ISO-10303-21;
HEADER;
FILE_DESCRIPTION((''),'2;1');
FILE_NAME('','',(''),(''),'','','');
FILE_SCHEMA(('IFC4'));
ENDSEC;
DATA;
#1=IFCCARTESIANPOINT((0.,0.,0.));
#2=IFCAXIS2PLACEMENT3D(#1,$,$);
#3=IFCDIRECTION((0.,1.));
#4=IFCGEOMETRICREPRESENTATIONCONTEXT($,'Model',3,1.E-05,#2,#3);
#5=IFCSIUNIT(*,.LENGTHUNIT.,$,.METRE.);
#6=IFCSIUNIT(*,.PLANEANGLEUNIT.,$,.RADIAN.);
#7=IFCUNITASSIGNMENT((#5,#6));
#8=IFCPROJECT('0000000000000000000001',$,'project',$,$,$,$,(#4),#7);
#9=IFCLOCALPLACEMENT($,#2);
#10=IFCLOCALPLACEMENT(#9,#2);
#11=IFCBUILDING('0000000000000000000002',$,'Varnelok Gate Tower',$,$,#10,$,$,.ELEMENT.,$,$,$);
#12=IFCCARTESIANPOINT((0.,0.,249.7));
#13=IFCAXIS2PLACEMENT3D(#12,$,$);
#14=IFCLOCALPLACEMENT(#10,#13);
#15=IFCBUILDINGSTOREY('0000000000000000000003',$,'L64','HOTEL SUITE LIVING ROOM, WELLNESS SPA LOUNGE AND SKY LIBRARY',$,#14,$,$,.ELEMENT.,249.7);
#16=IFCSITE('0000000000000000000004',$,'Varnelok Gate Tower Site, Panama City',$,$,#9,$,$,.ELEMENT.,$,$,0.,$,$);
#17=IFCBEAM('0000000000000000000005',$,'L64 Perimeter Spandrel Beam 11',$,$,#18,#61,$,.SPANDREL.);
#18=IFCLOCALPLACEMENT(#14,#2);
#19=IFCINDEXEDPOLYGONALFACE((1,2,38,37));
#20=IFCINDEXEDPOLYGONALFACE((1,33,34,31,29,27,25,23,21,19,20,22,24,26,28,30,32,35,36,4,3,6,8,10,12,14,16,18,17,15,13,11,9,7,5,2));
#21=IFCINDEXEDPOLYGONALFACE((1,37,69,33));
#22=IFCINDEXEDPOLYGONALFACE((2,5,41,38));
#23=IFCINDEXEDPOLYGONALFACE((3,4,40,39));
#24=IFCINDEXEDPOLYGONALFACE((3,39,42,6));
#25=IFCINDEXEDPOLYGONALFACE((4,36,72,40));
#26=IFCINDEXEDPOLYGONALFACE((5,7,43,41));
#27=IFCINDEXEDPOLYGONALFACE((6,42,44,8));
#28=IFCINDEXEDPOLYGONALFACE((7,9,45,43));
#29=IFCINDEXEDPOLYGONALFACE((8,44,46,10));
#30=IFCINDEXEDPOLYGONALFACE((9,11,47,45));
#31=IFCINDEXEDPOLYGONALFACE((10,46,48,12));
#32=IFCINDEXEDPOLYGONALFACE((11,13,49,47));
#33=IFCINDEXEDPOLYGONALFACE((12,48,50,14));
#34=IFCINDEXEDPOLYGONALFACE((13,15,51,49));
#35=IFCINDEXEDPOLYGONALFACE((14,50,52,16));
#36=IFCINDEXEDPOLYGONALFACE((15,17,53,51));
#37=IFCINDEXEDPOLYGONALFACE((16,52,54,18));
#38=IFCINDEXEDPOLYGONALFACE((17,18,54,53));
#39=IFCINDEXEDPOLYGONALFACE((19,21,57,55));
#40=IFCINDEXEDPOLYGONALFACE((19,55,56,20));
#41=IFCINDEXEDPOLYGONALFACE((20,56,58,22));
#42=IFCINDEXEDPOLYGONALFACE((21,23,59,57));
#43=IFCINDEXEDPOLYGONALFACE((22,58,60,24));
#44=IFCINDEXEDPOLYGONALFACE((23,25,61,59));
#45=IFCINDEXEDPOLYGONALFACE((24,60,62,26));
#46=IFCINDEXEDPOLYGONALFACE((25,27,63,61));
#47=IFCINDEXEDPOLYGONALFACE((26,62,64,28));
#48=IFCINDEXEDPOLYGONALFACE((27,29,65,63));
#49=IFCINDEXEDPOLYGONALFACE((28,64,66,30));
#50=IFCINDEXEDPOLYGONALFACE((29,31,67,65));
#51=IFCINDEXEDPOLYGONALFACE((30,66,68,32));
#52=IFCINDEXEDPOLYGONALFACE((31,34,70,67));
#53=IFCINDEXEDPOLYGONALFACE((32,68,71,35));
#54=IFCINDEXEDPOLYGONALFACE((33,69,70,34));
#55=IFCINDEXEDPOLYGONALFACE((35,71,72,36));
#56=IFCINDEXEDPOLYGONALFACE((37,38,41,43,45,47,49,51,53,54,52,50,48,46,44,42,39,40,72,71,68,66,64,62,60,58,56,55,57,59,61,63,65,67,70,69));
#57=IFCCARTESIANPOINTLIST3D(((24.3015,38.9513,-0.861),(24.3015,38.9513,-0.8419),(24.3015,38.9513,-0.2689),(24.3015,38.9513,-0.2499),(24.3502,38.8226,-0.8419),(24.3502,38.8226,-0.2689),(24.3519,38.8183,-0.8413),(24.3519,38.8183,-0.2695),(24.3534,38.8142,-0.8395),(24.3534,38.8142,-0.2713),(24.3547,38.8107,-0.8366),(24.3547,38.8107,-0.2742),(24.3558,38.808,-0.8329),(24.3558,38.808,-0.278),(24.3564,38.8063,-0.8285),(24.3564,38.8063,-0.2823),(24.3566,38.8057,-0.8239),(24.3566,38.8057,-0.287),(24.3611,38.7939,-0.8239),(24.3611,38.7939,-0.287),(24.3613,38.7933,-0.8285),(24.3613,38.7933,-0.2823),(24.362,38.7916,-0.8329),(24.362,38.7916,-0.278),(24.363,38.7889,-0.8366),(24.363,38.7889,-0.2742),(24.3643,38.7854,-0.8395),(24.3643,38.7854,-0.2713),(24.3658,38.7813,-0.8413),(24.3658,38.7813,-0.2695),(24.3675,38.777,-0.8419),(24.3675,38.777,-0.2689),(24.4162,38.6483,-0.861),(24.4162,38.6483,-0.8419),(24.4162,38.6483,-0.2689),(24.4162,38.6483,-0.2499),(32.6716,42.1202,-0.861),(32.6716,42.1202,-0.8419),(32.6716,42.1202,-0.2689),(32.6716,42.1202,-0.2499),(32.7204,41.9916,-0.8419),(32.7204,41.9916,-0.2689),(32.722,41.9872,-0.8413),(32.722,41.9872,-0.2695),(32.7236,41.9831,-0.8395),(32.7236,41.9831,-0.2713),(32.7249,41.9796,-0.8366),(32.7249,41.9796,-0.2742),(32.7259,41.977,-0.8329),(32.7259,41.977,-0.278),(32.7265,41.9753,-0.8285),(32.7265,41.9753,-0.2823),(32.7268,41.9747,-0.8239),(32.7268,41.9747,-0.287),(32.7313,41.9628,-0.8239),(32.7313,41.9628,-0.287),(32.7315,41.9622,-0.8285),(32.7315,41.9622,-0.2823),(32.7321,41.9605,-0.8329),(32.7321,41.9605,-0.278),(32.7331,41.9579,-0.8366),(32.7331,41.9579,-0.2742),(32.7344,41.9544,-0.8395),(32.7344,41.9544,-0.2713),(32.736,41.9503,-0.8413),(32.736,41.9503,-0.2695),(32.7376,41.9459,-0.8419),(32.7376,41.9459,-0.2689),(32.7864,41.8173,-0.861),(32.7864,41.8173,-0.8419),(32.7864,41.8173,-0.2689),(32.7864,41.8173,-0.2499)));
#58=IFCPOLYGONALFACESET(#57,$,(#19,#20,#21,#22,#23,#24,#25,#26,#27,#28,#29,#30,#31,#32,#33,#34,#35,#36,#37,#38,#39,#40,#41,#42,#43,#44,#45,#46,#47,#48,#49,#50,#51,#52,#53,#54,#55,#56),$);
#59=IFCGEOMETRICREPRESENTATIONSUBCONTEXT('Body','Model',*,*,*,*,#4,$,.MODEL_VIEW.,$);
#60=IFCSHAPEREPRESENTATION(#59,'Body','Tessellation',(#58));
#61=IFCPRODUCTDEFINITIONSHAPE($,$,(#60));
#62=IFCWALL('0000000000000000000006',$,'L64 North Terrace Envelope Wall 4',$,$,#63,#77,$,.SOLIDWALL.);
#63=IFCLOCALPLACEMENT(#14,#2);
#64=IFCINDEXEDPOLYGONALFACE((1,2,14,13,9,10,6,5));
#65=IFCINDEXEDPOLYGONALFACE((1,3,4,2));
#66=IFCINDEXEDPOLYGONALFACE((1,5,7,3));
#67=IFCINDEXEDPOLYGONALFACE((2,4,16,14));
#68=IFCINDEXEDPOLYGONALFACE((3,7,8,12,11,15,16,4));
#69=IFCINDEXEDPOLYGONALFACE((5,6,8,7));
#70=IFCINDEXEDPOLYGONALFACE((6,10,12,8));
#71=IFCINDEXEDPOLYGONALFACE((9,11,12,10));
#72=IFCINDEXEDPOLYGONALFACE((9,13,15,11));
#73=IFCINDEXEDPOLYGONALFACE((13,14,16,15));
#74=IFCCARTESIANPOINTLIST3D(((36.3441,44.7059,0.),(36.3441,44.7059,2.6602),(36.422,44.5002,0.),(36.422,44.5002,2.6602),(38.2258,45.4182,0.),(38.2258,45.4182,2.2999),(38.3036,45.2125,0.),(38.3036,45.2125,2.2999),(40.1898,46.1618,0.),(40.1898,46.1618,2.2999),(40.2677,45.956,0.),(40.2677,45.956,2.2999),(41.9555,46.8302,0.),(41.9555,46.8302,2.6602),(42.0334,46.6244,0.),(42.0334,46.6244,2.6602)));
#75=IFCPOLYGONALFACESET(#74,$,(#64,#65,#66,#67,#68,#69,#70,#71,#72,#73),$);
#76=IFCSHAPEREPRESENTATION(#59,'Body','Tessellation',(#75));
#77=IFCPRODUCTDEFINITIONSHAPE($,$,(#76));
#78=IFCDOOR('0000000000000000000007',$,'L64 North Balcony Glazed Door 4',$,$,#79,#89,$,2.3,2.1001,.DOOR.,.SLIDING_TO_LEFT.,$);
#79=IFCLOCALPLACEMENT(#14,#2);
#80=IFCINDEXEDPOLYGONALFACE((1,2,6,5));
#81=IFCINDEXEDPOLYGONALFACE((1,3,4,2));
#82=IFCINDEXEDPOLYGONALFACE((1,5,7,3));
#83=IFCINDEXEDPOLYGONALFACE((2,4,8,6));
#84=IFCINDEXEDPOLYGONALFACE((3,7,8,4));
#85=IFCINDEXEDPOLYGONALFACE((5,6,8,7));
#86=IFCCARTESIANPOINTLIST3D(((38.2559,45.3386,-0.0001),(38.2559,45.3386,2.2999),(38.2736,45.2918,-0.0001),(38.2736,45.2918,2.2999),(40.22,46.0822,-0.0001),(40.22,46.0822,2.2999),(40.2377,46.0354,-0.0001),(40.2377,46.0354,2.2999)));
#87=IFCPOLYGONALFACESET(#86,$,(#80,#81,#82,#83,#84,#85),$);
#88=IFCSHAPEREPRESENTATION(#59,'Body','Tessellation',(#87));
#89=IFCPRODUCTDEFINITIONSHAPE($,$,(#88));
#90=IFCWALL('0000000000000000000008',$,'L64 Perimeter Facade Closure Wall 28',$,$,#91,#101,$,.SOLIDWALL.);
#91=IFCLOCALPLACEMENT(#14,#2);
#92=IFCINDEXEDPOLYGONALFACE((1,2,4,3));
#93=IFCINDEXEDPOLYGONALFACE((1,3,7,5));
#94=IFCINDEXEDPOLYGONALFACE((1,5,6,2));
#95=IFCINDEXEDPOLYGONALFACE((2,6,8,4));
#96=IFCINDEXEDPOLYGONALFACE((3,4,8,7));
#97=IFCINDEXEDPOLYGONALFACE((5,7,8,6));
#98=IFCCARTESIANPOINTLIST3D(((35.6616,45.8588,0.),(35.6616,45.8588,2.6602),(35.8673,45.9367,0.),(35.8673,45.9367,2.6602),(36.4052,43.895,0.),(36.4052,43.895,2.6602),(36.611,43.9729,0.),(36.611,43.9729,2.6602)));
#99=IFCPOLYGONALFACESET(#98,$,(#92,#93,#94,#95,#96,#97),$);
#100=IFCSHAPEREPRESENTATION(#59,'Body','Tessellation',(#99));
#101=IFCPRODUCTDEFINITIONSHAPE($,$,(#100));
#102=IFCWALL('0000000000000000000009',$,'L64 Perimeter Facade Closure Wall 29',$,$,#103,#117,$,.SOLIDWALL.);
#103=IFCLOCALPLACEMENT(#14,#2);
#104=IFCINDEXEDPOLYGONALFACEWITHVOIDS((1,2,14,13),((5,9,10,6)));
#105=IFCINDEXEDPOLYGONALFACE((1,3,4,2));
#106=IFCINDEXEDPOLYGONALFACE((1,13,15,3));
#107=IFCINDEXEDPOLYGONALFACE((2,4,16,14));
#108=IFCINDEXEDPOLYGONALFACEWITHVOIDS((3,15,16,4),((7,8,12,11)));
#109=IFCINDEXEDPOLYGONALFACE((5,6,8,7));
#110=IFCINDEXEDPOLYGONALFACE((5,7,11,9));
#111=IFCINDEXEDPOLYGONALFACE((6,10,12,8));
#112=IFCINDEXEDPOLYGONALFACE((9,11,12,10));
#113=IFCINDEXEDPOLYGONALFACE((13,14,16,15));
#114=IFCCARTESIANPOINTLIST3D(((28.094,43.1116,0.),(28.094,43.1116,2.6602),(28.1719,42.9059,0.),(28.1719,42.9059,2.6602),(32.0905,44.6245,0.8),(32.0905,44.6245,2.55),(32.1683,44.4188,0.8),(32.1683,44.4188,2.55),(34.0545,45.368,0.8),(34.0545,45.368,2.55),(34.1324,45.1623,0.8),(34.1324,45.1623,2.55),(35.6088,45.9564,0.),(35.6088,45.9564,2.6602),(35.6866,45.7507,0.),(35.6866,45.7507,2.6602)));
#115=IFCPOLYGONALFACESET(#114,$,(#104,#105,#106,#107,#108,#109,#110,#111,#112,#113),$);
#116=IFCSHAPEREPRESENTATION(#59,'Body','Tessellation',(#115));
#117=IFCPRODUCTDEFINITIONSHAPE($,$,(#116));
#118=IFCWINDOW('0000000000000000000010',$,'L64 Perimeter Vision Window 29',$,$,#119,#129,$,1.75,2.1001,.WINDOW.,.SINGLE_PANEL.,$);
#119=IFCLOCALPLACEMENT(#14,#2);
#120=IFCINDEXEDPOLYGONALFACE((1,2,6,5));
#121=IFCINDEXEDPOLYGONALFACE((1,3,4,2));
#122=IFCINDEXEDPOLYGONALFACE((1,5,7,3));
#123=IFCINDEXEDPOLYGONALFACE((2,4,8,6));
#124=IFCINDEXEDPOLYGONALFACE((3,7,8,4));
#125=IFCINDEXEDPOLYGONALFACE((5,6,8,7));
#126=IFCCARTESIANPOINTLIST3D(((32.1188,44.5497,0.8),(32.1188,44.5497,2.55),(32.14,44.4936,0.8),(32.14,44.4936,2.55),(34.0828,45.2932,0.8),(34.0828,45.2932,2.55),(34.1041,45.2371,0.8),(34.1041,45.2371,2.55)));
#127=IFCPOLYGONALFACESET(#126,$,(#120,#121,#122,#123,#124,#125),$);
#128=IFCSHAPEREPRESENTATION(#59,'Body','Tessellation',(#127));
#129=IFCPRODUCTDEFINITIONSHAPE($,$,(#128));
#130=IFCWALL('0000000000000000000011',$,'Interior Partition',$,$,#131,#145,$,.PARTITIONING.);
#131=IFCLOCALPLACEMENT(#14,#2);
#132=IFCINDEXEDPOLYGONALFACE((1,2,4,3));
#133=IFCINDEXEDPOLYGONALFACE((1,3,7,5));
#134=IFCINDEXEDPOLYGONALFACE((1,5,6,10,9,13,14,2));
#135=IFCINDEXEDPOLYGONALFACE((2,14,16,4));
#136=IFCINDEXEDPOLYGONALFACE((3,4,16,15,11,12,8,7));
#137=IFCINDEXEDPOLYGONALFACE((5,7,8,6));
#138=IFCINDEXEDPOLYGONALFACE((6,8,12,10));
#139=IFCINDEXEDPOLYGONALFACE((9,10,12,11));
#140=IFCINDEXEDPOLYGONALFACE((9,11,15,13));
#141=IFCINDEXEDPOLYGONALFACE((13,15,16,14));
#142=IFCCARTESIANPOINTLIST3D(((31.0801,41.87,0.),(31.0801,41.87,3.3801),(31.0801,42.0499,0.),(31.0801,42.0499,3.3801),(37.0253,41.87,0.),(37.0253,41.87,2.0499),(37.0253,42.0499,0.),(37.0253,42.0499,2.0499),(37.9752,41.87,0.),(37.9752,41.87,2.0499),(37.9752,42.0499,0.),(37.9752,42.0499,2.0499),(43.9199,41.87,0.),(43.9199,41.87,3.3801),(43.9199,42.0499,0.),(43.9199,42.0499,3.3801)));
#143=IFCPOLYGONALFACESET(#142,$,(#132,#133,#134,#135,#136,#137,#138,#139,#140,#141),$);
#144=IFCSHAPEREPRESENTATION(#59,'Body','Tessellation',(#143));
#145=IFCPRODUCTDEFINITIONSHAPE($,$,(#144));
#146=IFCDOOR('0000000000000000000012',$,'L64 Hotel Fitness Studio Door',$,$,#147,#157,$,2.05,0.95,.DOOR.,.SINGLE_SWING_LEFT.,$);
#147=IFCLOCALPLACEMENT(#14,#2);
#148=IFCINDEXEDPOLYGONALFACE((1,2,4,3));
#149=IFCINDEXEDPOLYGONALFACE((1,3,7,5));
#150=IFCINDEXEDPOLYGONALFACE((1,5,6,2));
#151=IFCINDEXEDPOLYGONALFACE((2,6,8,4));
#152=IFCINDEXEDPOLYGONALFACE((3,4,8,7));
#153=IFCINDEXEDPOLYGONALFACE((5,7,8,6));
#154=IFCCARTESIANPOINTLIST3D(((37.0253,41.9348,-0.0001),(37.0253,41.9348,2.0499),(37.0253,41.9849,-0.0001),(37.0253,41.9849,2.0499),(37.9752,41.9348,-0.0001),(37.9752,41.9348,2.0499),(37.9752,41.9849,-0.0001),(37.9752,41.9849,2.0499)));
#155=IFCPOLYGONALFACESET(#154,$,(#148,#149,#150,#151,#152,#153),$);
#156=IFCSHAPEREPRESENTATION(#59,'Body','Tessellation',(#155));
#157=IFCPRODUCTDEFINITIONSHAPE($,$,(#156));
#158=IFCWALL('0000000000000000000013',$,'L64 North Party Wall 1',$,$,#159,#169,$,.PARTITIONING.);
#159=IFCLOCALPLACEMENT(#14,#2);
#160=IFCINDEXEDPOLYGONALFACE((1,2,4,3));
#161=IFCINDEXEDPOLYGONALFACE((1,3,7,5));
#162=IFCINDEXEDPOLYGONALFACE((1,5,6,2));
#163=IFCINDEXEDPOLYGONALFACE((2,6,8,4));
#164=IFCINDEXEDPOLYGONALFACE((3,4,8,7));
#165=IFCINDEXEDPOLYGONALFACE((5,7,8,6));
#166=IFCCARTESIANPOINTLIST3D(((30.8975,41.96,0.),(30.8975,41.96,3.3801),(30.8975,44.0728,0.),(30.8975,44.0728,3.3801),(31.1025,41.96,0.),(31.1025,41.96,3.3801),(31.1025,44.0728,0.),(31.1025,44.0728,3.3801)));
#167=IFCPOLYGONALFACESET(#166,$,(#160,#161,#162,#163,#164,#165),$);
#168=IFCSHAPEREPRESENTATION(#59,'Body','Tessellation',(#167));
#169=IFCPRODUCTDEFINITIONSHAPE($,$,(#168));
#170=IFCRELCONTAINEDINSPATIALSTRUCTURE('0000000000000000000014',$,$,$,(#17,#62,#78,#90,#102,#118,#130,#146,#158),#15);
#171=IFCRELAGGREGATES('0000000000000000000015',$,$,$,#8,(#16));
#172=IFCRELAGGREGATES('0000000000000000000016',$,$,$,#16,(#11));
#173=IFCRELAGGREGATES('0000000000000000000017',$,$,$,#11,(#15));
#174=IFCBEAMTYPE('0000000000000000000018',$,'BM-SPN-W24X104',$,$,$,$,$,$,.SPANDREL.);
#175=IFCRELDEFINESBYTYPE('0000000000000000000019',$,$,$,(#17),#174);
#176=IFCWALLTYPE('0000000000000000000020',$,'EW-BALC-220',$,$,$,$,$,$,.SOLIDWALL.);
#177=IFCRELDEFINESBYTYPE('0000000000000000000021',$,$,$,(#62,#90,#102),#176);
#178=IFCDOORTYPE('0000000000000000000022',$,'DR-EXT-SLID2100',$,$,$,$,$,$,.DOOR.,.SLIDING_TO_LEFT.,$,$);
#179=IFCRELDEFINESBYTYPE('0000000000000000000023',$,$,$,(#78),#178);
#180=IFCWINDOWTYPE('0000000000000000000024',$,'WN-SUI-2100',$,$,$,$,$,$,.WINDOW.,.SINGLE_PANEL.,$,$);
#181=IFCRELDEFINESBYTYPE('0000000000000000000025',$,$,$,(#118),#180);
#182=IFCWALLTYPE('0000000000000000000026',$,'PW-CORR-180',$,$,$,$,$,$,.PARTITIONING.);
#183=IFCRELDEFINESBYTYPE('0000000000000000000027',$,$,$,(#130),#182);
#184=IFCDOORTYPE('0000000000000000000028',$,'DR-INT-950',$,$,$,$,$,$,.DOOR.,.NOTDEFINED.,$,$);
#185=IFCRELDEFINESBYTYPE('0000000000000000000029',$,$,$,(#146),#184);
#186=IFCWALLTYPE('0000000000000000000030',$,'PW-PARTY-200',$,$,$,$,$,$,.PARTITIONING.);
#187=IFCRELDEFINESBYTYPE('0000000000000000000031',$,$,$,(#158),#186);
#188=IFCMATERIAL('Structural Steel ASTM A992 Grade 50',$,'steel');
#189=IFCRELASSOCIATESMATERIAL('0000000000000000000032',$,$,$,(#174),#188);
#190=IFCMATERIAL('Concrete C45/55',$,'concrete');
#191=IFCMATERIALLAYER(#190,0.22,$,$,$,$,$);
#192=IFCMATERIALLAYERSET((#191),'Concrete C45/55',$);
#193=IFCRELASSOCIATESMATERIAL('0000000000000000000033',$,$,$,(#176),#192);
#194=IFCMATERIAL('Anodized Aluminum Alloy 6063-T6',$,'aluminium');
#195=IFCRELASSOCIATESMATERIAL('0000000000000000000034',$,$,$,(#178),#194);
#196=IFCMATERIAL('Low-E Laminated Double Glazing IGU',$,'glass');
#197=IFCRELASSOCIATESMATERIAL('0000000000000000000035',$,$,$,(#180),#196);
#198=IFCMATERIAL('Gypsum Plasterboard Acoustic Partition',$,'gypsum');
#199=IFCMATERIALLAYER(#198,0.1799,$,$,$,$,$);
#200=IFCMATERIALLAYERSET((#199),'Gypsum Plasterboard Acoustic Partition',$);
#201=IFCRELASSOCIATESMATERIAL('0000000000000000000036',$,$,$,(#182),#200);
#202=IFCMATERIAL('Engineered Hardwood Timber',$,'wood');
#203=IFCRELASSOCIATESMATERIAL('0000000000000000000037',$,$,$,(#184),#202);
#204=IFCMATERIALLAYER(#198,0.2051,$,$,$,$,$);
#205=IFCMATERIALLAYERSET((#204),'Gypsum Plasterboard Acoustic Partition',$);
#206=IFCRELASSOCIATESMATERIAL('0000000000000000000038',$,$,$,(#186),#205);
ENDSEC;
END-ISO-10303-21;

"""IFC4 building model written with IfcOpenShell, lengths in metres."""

from ifc_helpers import new_model, si_unit, direction, frame, frame_2d, origin, origin_2d, place, context, subcontext, project, spatial, rectangle, i_section, extrude, material, layer, layer_set, material_profile, profile_set, type_object, element, fill, save


model = new_model("IFC4")

# Units and contexts
model_context = context("Model", 3, precision=1e-05, world=origin(), true_north=direction((0.0, 1.0)))
body_context = subcontext(model_context, "Body", "Model", "MODEL_VIEW")
ifc_project = project(units=[si_unit("LENGTHUNIT", "METRE"), si_unit("PLANEANGLEUNIT", "RADIAN")], contexts=[model_context])

# Site, building, storey
site_placement = place(None, origin())
site = spatial("IfcSite", under=ifc_project, at=site_placement, Name="Varnelok Gate Tower Site, Panama City", CompositionType="ELEMENT", RefElevation=0.0)
building_placement = place(site_placement, origin())
building = spatial("IfcBuilding", under=site, at=building_placement, Name="Varnelok Gate Tower", CompositionType="ELEMENT")
storey_placement = place(building_placement, frame((0.0, 0.0, 249.7)))
storey = spatial("IfcBuildingStorey", under=building, at=storey_placement, Name="L64", Description="HOTEL SUITE LIVING ROOM, WELLNESS SPA LOUNGE AND SKY LIBRARY", CompositionType="ELEMENT", Elevation=249.7)

# Shared definitions
ifc_material_1 = material(Name="Structural Steel ASTM A992 Grade 50", Category="steel")

# Beam
ifc_material_profile_1 = material_profile(ifc_material_1, i_section(OverallWidth=0.324, OverallDepth=0.6111, WebThickness=0.0127, FlangeThickness=0.019, FilletRadius=0.0181, at=origin_2d()), Name="W24X104")
ifc_profile_set_1 = profile_set([ifc_material_profile_1], Name="Structural Steel ASTM A992 Grade 50")
beam_type_1 = type_object("IfcBeamType", Name="BM-SPN-W24X104", PredefinedType="SPANDREL", material=ifc_profile_set_1)
beam_1_placement = place(storey_placement, frame((32.729, 41.9688, -0.5554), z_axis=(-0.935217, -0.354075, 0.0), x_axis=(0.354075, -0.935217, 0.0)))
element("IfcBeam", 1, at=beam_1_placement, inside=storey, type_object=beam_type_1, Name="L64 Perimeter Spandrel Beam 11", PredefinedType="SPANDREL", context=body_context, shape_type="SweptSolid", body=[
    extrude(i_section(OverallWidth=0.324, OverallDepth=0.6111, WebThickness=0.0127, FlangeThickness=0.019, FilletRadius=0.0181, at=origin_2d()), origin(), (0.0, 0.0, 1.0), 8.95),
])

# Wall, opening, door
ifc_material_2 = material(Name="Concrete C45/55", Category="concrete")
ifc_layer_1 = layer(ifc_material_2, 0.22)
ifc_layer_set_1 = layer_set([ifc_layer_1], Name="Concrete C45/55")
wall_type_1 = type_object("IfcWallType", Name="EW-BALC-220", PredefinedType="SOLIDWALL", material=ifc_layer_set_1)
wall_1_placement = place(storey_placement, frame((36.3831, 44.603, 0.0), z_axis=(0.0, 0.0, 1.0), x_axis=(0.935228, 0.354047, 0.0)))
wall_1 = element("IfcWall", 2, at=wall_1_placement, inside=storey, type_object=wall_type_1, Name="L64 North Terrace Envelope Wall 4", PredefinedType="SOLIDWALL", context=body_context, shape_type="SweptSolid", body=[
    extrude(rectangle(XDim=6.0, YDim=0.22, at=frame_2d((3.0, 0.0))), origin(), (0.0, 0.0, 1.0), 2.6602),
])
opening_1_placement = place(wall_1_placement, frame((2.012, 0.0, 0.0)))
opening_1 = element("IfcOpeningElement", 3, at=opening_1_placement, cuts=wall_1, PredefinedType="OPENING", context=body_context, shape_type="SweptSolid", body=[
    extrude(rectangle(XDim=2.1001, YDim=2.3, at=frame_2d((1.05, 1.1499))), frame((0.0, 0.1199, 0.0), z_axis=(0.0, -1.0, 0.0), x_axis=(1.0, 0.0, 0.0)), (0.0, 0.0, 1.0), 0.24),
])
ifc_material_3 = material(Name="Anodized Aluminum Alloy 6063-T6", Category="aluminium")
door_type_1 = type_object("IfcDoorType", Name="DR-EXT-SLID2100", OperationType="SLIDING_TO_LEFT", PredefinedType="DOOR", material=ifc_material_3)
door_1_placement = place(opening_1_placement, origin())
door_1 = element("IfcDoor", 4, at=door_1_placement, inside=storey, type_object=door_type_1, Name="L64 North Balcony Glazed Door 4", OperationType="SLIDING_TO_LEFT", OverallHeight=2.3, OverallWidth=2.1001, PredefinedType="DOOR", context=body_context, shape_type="SweptSolid", body=[
    extrude(rectangle(XDim=2.1001, YDim=2.3, at=frame_2d((1.05, 1.1499))), frame((0.0, 0.0249, 0.0), z_axis=(0.0, -1.0, 0.0), x_axis=(1.0, 0.0, 0.0)), (0.0, 0.0, 1.0), 0.05),
])
fill(opening_1, door_1)

# Wall
wall_2_placement = place(storey_placement, frame((36.5081, 43.9341, 0.0), z_axis=(0.0, 0.0, 1.0), x_axis=(-0.354128, 0.935197, 0.0)))
element("IfcWall", 5, at=wall_2_placement, inside=storey, type_object=wall_type_1, Name="L64 Perimeter Facade Closure Wall 28", PredefinedType="SOLIDWALL", context=body_context, shape_type="SweptSolid", body=[
    extrude(rectangle(XDim=2.0999, YDim=0.22, at=frame_2d((1.0498, 0.0))), origin(), (0.0, 0.0, 1.0), 2.6602),
])

# Wall, opening, window
wall_3_placement = place(storey_placement, frame((35.6477, 45.8535, 0.0), z_axis=(0.0, 0.0, 1.0), x_axis=(-0.935231, -0.354039, 0.0)))
wall_3 = element("IfcWall", 6, at=wall_3_placement, inside=storey, type_object=wall_type_1, Name="L64 Perimeter Facade Closure Wall 29", PredefinedType="SOLIDWALL", context=body_context, shape_type="SweptSolid", body=[
    extrude(rectangle(XDim=8.0352, YDim=0.22, at=frame_2d((4.0176, 0.0))), origin(), (0.0, 0.0, 1.0), 2.6602),
])
opening_2_placement = place(wall_3_placement, frame((1.6619, 0.0, 0.8)))
opening_2 = element("IfcOpeningElement", 7, at=opening_2_placement, cuts=wall_3, PredefinedType="OPENING", context=body_context, shape_type="SweptSolid", body=[
    extrude(rectangle(XDim=2.1001, YDim=1.75, at=frame_2d((1.05, 0.875))), frame((0.0, 0.1199, 0.0), z_axis=(0.0, -1.0, 0.0), x_axis=(1.0, 0.0, 0.0)), (0.0, 0.0, 1.0), 0.24),
])
ifc_material_4 = material(Name="Low-E Laminated Double Glazing IGU", Category="glass")
window_type = type_object("IfcWindowType", Name="WN-SUI-2100", PartitioningType="SINGLE_PANEL", PredefinedType="WINDOW", material=ifc_material_4)
window_placement = place(opening_2_placement, origin())
window = element("IfcWindow", 8, at=window_placement, inside=storey, type_object=window_type, Name="L64 Perimeter Vision Window 29", OverallHeight=1.75, OverallWidth=2.1001, PartitioningType="SINGLE_PANEL", PredefinedType="WINDOW", context=body_context, shape_type="SweptSolid", body=[
    extrude(rectangle(XDim=2.1001, YDim=1.75, at=frame_2d((1.05, 0.875))), frame((0.0, 0.03, 0.0), z_axis=(0.0, -1.0, 0.0), x_axis=(1.0, 0.0, 0.0)), (0.0, 0.0, 1.0), 0.0601),
])
fill(opening_2, window)

# Wall, opening, door
ifc_material_5 = material(Name="Gypsum Plasterboard Acoustic Partition", Category="gypsum")
ifc_layer_2 = layer(ifc_material_5, 0.1799)
ifc_layer_set_2 = layer_set([ifc_layer_2], Name="Gypsum Plasterboard Acoustic Partition")
wall_type_2 = type_object("IfcWallType", Name="PW-CORR-180", PredefinedType="PARTITIONING", material=ifc_layer_set_2)
wall_4_placement = place(storey_placement, frame((31.0801, 41.96, 0.0), z_axis=(0.0, 0.0, 1.0), x_axis=(1.0, 0.0, 0.0)))
wall_4 = element("IfcWall", 9, at=wall_4_placement, inside=storey, type_object=wall_type_2, Name="Interior Partition", PredefinedType="PARTITIONING", context=body_context, shape_type="SweptSolid", body=[
    extrude(rectangle(XDim=12.8398, YDim=0.1799, at=frame_2d((6.4199, 0.0))), origin(), (0.0, 0.0, 1.0), 3.3801),
])
opening_3_placement = place(wall_4_placement, frame((5.9451, 0.0, 0.0)))
opening_3 = element("IfcOpeningElement", 10, at=opening_3_placement, cuts=wall_4, PredefinedType="OPENING", context=body_context, shape_type="SweptSolid", body=[
    extrude(rectangle(XDim=0.95, YDim=2.05, at=frame_2d((0.4751, 1.0249))), frame((0.0, 0.0999, 0.0), z_axis=(0.0, -1.0, 0.0), x_axis=(1.0, 0.0, 0.0)), (0.0, 0.0, 1.0), 0.2),
])
ifc_material_6 = material(Name="Engineered Hardwood Timber", Category="wood")
door_type_2 = type_object("IfcDoorType", Name="DR-INT-950", OperationType="NOTDEFINED", PredefinedType="DOOR", material=ifc_material_6)
door_2_placement = place(opening_3_placement, origin())
door_2 = element("IfcDoor", 11, at=door_2_placement, inside=storey, type_object=door_type_2, Name="L64 Hotel Fitness Studio Door", OperationType="SINGLE_SWING_LEFT", OverallHeight=2.05, OverallWidth=0.95, PredefinedType="DOOR", context=body_context, shape_type="SweptSolid", body=[
    extrude(rectangle(XDim=0.95, YDim=2.05, at=frame_2d((0.4751, 1.0249))), frame((0.0, 0.0249, 0.0), z_axis=(0.0, -1.0, 0.0), x_axis=(1.0, 0.0, 0.0)), (0.0, 0.0, 1.0), 0.05),
])
fill(opening_3, door_2)

# Wall
ifc_layer_3 = layer(ifc_material_5, 0.2051)
ifc_layer_set_3 = layer_set([ifc_layer_3], Name="Gypsum Plasterboard Acoustic Partition")
wall_type_3 = type_object("IfcWallType", Name="PW-PARTY-200", PredefinedType="PARTITIONING", material=ifc_layer_set_3)
wall_5_placement = place(storey_placement, frame((31.0, 41.96, 0.0), z_axis=(0.0, 0.0, 1.0), x_axis=(0.0, 1.0, 0.0)))
element("IfcWall", 12, at=wall_5_placement, inside=storey, type_object=wall_type_3, Name="L64 North Party Wall 1", PredefinedType="PARTITIONING", context=body_context, shape_type="SweptSolid", body=[
    extrude(rectangle(XDim=2.1128, YDim=0.2051, at=frame_2d((1.0564, 0.0))), origin(), (0.0, 0.0, 1.0), 3.3801),
])

save(model, "model.ifc")
